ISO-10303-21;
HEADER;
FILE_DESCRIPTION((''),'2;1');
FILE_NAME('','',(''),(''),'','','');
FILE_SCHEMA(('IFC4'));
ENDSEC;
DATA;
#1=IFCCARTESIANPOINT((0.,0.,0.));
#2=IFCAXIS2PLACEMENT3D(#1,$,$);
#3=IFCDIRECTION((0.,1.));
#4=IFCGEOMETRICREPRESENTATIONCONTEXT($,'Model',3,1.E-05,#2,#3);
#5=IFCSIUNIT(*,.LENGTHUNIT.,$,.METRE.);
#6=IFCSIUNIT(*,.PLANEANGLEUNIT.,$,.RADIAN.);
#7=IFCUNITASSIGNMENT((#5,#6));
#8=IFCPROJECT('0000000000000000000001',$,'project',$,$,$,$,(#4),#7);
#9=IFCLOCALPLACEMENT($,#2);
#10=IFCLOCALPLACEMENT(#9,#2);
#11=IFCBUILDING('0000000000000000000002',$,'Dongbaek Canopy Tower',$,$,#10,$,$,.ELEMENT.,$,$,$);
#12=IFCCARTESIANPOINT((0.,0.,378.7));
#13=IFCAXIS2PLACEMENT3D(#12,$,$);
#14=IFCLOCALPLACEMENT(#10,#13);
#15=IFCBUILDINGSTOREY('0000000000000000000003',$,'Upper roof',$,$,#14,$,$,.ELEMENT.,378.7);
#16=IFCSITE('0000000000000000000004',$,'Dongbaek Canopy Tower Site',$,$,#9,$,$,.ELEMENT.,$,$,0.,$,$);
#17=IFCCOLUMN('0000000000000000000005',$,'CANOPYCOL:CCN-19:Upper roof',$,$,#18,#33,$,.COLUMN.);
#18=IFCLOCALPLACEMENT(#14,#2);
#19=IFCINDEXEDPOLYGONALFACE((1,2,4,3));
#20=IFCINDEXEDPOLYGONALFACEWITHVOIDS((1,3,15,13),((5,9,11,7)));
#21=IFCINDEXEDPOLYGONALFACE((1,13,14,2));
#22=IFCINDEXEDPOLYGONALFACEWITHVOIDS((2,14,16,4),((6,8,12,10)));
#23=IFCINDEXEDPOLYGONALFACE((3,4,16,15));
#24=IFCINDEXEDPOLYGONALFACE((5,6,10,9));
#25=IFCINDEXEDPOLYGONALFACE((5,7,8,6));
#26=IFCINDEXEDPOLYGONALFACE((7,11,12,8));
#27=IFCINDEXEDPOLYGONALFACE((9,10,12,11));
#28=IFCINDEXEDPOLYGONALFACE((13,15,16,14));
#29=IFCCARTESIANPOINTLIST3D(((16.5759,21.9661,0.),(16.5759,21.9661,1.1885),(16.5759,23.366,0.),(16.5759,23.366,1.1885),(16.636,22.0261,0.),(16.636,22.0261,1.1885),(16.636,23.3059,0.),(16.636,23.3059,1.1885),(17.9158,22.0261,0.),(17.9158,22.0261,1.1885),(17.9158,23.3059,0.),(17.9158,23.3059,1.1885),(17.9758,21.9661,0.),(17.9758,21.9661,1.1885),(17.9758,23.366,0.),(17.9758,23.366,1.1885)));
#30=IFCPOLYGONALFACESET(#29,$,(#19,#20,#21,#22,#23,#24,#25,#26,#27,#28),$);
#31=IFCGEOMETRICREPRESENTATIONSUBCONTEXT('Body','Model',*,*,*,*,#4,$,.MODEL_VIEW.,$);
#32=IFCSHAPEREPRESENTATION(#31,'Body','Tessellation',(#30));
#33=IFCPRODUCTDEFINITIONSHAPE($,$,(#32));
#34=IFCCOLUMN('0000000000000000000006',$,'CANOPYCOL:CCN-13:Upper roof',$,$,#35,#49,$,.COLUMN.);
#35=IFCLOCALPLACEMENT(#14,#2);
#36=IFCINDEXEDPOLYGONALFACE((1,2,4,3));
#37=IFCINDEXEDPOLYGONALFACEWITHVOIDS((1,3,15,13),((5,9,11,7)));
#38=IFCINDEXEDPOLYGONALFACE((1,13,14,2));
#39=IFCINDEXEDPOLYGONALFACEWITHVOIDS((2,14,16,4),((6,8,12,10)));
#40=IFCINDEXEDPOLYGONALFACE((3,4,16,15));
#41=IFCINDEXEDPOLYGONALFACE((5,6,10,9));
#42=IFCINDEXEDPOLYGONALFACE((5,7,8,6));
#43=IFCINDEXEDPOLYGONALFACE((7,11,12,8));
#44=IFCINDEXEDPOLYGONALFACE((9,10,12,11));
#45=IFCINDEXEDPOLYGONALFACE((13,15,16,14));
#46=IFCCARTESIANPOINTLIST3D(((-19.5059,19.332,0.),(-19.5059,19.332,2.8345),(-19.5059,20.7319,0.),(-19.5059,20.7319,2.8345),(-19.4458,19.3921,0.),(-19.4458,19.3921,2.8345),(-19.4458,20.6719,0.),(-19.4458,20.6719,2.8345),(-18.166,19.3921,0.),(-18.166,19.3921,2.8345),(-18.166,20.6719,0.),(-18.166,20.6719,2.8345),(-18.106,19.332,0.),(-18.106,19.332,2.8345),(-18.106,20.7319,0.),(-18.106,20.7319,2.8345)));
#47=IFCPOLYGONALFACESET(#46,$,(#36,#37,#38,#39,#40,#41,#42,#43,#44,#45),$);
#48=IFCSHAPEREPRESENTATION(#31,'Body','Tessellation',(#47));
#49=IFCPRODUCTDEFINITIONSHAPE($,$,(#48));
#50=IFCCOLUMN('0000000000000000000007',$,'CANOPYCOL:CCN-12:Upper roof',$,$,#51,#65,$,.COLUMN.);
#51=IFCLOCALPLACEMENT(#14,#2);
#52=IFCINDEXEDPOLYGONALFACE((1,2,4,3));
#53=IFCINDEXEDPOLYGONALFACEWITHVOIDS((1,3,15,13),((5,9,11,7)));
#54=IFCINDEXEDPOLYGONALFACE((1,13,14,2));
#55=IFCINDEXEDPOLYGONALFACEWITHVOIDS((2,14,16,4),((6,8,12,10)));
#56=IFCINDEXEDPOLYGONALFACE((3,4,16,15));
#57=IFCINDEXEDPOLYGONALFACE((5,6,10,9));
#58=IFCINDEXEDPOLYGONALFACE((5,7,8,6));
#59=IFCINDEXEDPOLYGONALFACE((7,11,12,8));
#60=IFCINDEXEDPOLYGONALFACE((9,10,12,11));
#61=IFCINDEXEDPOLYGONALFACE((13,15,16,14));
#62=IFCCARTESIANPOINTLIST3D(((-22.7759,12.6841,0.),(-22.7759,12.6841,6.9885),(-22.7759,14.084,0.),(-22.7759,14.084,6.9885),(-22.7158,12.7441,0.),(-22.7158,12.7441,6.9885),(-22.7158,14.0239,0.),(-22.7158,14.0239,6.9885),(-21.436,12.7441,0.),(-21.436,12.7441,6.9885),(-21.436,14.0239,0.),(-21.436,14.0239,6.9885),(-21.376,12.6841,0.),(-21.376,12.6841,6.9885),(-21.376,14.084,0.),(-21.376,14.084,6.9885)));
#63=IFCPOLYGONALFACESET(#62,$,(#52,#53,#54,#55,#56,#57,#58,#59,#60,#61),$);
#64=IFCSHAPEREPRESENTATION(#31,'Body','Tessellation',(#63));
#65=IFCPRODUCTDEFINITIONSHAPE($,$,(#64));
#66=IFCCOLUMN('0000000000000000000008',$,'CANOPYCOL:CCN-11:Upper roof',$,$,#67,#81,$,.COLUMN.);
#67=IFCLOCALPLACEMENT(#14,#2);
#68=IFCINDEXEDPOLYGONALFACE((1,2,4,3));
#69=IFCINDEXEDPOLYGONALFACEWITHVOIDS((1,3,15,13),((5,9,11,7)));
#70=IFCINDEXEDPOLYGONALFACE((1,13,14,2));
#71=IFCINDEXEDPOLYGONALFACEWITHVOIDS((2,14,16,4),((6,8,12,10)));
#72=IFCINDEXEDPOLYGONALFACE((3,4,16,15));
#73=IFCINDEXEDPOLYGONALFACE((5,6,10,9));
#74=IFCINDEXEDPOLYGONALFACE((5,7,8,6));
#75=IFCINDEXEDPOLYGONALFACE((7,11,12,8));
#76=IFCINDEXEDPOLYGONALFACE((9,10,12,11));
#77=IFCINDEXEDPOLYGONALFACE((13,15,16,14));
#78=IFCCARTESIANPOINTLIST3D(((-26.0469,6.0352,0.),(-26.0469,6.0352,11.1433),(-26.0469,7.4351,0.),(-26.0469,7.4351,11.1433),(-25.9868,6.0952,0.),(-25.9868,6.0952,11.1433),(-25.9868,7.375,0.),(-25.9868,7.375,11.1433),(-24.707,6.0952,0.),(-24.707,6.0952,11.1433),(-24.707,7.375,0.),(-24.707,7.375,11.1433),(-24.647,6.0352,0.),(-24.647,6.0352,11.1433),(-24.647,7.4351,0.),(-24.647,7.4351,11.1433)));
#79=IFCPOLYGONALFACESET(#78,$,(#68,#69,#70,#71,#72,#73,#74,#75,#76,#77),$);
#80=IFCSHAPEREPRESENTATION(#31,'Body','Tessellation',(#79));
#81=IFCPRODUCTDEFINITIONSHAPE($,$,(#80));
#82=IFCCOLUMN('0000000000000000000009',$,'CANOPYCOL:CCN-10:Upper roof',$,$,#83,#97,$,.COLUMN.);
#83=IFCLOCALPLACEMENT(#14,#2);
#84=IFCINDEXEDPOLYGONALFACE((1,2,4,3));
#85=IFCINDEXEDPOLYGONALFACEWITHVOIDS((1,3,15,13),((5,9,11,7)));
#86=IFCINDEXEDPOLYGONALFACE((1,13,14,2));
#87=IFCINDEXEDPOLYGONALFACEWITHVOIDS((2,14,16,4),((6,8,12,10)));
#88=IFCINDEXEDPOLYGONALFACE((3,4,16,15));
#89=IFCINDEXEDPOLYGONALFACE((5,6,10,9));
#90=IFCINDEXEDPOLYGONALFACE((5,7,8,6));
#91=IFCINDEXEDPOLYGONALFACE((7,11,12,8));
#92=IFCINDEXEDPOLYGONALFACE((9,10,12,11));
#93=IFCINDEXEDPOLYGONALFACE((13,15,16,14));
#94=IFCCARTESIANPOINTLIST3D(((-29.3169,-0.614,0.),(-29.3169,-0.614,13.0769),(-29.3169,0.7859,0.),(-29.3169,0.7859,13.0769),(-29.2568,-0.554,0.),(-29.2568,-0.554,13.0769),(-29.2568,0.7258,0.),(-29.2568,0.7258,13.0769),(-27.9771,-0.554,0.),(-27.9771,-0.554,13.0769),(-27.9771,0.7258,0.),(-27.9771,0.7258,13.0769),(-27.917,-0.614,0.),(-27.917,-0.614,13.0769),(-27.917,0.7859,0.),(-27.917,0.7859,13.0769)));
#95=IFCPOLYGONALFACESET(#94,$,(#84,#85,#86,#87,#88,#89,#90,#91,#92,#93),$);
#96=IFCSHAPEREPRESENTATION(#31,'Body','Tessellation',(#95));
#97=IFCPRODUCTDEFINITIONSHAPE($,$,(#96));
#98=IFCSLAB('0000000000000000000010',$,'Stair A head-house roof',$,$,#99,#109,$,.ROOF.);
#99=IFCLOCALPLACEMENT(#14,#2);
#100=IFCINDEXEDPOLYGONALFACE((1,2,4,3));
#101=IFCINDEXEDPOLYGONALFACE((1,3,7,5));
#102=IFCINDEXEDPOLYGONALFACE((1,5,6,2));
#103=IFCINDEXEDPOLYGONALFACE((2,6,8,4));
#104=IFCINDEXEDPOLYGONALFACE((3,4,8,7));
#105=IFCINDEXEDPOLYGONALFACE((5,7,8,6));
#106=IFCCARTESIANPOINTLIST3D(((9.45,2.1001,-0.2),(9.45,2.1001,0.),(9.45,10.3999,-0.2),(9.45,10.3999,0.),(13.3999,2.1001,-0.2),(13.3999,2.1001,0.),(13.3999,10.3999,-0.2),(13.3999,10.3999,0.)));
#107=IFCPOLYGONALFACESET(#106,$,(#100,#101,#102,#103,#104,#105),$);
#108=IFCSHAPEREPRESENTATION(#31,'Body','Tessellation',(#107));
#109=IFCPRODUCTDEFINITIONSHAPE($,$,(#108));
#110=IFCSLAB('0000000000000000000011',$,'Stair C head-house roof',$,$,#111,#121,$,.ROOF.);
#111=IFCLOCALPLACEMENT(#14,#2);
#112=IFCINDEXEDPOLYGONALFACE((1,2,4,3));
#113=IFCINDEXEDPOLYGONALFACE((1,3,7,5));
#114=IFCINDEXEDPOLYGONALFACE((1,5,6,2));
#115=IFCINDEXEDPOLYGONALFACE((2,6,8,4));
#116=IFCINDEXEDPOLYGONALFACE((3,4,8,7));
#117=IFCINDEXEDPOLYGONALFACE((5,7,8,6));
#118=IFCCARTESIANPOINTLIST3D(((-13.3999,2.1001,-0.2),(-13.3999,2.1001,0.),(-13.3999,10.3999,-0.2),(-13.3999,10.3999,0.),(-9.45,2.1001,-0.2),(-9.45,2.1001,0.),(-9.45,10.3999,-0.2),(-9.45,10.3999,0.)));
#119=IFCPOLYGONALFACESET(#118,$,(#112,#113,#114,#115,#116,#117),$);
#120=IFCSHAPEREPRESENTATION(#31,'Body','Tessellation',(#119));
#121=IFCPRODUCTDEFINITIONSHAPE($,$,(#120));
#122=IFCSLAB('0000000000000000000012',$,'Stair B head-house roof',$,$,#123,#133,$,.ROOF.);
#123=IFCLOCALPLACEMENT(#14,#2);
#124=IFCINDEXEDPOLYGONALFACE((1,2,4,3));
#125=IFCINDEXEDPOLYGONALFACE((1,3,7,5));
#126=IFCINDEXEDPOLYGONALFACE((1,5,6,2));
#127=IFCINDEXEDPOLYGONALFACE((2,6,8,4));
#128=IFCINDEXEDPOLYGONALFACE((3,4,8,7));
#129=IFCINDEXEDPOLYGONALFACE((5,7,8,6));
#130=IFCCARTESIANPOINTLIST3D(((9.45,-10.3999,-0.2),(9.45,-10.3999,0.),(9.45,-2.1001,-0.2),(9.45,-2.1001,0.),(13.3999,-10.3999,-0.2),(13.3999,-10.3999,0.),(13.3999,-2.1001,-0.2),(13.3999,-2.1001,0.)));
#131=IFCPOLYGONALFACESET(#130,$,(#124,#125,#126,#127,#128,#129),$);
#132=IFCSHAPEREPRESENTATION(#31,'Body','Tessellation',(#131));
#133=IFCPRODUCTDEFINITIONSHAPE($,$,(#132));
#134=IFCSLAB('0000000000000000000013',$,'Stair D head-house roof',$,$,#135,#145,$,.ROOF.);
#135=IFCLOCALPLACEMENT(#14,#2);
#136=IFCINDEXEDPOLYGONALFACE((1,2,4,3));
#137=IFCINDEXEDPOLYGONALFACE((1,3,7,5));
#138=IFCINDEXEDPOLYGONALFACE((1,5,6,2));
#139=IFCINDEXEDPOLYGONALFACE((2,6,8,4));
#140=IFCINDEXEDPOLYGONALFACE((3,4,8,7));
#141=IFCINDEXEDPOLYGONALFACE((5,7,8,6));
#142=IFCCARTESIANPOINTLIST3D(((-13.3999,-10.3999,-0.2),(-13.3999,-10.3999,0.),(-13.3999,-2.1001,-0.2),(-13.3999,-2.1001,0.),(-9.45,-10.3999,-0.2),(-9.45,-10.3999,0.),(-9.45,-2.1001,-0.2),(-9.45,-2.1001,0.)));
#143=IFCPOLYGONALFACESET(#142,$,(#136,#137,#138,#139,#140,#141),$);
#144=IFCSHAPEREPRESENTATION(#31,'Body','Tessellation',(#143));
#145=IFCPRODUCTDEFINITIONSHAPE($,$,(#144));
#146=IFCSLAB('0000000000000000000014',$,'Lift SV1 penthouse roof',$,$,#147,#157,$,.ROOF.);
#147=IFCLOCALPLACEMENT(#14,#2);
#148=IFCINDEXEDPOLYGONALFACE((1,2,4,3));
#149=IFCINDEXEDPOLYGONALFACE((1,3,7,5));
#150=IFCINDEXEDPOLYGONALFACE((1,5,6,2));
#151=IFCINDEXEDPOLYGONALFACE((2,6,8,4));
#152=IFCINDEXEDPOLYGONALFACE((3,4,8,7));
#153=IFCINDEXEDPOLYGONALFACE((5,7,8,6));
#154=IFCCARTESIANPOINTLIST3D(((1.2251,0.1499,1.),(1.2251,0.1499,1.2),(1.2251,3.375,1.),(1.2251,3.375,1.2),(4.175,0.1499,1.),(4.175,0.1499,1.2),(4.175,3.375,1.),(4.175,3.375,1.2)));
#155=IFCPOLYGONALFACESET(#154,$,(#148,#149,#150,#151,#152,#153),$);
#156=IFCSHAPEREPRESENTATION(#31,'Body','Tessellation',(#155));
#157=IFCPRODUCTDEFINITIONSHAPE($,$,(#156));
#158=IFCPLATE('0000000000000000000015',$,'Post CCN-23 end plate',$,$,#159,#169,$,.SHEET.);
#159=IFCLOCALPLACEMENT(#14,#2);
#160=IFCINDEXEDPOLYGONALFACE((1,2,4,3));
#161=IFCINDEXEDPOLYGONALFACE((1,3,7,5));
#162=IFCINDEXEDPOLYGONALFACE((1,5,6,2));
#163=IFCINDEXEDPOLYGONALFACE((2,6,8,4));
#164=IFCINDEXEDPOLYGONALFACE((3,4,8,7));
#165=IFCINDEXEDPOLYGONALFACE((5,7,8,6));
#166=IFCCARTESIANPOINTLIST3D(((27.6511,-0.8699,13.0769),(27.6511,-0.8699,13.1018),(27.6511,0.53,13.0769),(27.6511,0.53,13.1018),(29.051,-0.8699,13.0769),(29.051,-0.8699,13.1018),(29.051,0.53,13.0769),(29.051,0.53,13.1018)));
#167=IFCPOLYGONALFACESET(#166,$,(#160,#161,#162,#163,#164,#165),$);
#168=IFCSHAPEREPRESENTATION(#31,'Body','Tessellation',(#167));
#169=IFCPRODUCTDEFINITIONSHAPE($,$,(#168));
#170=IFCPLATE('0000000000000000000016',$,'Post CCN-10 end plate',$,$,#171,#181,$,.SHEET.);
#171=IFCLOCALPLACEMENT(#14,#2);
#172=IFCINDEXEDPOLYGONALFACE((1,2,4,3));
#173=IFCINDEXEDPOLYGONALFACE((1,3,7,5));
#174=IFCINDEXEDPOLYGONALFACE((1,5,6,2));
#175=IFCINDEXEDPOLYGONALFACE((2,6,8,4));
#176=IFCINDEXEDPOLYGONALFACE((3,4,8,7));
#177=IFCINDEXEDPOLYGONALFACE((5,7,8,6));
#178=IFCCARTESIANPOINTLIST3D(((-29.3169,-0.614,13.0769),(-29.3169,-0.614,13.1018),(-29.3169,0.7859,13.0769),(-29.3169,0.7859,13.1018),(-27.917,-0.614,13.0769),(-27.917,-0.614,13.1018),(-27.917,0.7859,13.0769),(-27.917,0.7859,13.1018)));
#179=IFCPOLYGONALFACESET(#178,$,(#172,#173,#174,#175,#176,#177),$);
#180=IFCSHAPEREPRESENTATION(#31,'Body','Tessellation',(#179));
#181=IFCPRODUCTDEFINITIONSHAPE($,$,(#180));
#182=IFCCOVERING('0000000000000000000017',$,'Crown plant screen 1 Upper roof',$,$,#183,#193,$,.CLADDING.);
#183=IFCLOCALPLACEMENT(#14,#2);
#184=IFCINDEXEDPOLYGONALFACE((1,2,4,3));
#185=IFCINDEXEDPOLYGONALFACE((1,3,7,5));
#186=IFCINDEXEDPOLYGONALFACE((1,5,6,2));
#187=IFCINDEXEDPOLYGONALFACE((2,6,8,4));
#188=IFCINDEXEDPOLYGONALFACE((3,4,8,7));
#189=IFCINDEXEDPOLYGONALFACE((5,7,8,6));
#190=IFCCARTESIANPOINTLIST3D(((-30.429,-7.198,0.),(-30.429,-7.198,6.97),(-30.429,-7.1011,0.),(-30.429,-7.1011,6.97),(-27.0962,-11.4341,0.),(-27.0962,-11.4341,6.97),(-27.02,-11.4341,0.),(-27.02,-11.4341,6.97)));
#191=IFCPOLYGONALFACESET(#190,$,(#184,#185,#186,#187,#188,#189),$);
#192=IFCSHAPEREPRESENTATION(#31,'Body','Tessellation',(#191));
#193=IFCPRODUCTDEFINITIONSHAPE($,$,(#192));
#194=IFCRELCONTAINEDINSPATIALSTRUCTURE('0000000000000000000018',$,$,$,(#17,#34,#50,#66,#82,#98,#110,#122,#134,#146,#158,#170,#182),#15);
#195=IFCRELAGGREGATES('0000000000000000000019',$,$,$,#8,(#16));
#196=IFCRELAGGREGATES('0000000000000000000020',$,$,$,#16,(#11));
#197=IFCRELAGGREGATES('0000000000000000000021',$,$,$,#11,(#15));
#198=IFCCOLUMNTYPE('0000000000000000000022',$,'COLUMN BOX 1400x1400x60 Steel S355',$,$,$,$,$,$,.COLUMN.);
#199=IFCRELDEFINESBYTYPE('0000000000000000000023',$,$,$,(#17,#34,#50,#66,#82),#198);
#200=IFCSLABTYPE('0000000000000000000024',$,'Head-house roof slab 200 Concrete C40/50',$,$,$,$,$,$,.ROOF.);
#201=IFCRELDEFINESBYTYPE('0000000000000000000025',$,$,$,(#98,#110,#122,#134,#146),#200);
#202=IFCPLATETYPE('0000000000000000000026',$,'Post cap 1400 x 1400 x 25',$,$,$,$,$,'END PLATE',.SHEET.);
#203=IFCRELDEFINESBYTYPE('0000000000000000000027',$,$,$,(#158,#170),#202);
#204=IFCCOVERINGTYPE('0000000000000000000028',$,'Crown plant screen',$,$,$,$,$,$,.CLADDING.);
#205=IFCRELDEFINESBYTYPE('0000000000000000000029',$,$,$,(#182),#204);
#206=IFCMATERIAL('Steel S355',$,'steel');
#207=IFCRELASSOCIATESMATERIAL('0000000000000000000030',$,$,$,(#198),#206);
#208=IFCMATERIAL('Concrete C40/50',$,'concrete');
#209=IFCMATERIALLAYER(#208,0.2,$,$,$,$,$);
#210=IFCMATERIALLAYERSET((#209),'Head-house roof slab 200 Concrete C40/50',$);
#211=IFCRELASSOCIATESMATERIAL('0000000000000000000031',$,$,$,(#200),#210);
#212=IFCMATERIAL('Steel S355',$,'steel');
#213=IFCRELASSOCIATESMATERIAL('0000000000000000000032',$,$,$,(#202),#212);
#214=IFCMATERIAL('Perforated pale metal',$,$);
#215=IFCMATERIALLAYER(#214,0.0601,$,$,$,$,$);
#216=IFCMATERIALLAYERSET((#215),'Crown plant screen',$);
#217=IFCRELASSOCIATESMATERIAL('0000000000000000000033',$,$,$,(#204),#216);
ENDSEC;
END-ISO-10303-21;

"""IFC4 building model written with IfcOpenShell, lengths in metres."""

from ifc_helpers import new_model, si_unit, direction, frame, origin, origin_2d, place, context, subcontext, project, spatial, polyline, rectangle, hollow_rectangle, outline, extrude, material, layer, layer_set, material_profile, profile_set, type_object, element, save


model = new_model("IFC4")

# Units and contexts
model_context = context("Model", 3, precision=1e-05, world=origin(), true_north=direction((0.0, 1.0)))
body_context = subcontext(model_context, "Body", "Model", "MODEL_VIEW")
ifc_project = project(units=[si_unit("LENGTHUNIT", "METRE"), si_unit("PLANEANGLEUNIT", "RADIAN")], contexts=[model_context])

# Site, building, storey
site_placement = place(None, origin())
site = spatial("IfcSite", under=ifc_project, at=site_placement, Name="Dongbaek Canopy Tower Site", CompositionType="ELEMENT", RefElevation=0.0)
building_placement = place(site_placement, origin())
building = spatial("IfcBuilding", under=site, at=building_placement, Name="Dongbaek Canopy Tower", CompositionType="ELEMENT")
storey_placement = place(building_placement, frame((0.0, 0.0, 378.7)))
storey = spatial("IfcBuildingStorey", under=building, at=storey_placement, Name="Upper roof", CompositionType="ELEMENT", Elevation=378.7)

# Columns
ifc_material_1 = material(Name="Steel S355", Category="steel")
ifc_material_profile_1 = material_profile(ifc_material_1, hollow_rectangle(XDim=1.3999, YDim=1.3999, WallThickness=0.0601, at=origin_2d()), Name="COLUMN BOX 1400x1400x60 Steel S355")
ifc_profile_set_1 = profile_set([ifc_material_profile_1], Name="Steel S355")
column_type = type_object("IfcColumnType", Name="COLUMN BOX 1400x1400x60 Steel S355", PredefinedType="COLUMN", material=ifc_profile_set_1)
column_1_placement = place(storey_placement, frame((17.2759, 22.666, 0.0), z_axis=(0.0, 0.0, 1.0), x_axis=(1.0, 0.0, 0.0)))
element("IfcColumn", 1, at=column_1_placement, inside=storey, type_object=column_type, Name="CANOPYCOL:CCN-19:Upper roof", PredefinedType="COLUMN", context=body_context, shape_type="SweptSolid", body=[
    extrude(hollow_rectangle(XDim=1.3999, YDim=1.3999, WallThickness=0.0601, at=origin_2d()), origin(), (0.0, 0.0, 1.0), 1.1885),
])
column_2_placement = place(storey_placement, frame((-18.8059, 20.032, 0.0), z_axis=(0.0, 0.0, 1.0), x_axis=(1.0, 0.0, 0.0)))
element("IfcColumn", 2, at=column_2_placement, inside=storey, type_object=column_type, Name="CANOPYCOL:CCN-13:Upper roof", PredefinedType="COLUMN", context=body_context, shape_type="SweptSolid", body=[
    extrude(hollow_rectangle(XDim=1.3999, YDim=1.3999, WallThickness=0.0601, at=origin_2d()), origin(), (0.0, 0.0, 1.0), 2.8345),
])
column_3_placement = place(storey_placement, frame((-22.0759, 13.384, 0.0), z_axis=(0.0, 0.0, 1.0), x_axis=(1.0, 0.0, 0.0)))
element("IfcColumn", 3, at=column_3_placement, inside=storey, type_object=column_type, Name="CANOPYCOL:CCN-12:Upper roof", PredefinedType="COLUMN", context=body_context, shape_type="SweptSolid", body=[
    extrude(hollow_rectangle(XDim=1.3999, YDim=1.3999, WallThickness=0.0601, at=origin_2d()), origin(), (0.0, 0.0, 1.0), 6.9885),
])
column_4_placement = place(storey_placement, frame((-25.3469, 6.7351, 0.0), z_axis=(0.0, 0.0, 1.0), x_axis=(1.0, 0.0, 0.0)))
element("IfcColumn", 4, at=column_4_placement, inside=storey, type_object=column_type, Name="CANOPYCOL:CCN-11:Upper roof", PredefinedType="COLUMN", context=body_context, shape_type="SweptSolid", body=[
    extrude(hollow_rectangle(XDim=1.3999, YDim=1.3999, WallThickness=0.0601, at=origin_2d()), origin(), (0.0, 0.0, 1.0), 11.1433),
])
column_5_placement = place(storey_placement, frame((-28.6169, 0.0859, 0.0), z_axis=(0.0, 0.0, 1.0), x_axis=(1.0, 0.0, 0.0)))
element("IfcColumn", 5, at=column_5_placement, inside=storey, type_object=column_type, Name="CANOPYCOL:CCN-10:Upper roof", PredefinedType="COLUMN", context=body_context, shape_type="SweptSolid", body=[
    extrude(hollow_rectangle(XDim=1.3999, YDim=1.3999, WallThickness=0.0601, at=origin_2d()), origin(), (0.0, 0.0, 1.0), 13.0769),
])

# Slabs
ifc_material_2 = material(Name="Concrete C40/50", Category="concrete")
ifc_layer_1 = layer(ifc_material_2, 0.2)
ifc_layer_set_1 = layer_set([ifc_layer_1], Name="Head-house roof slab 200 Concrete C40/50")
slab_type = type_object("IfcSlabType", Name="Head-house roof slab 200 Concrete C40/50", PredefinedType="ROOF", material=ifc_layer_set_1)
slab_1_placement = place(storey_placement, frame((0.0, 0.0, -0.2)))
element("IfcSlab", 6, at=slab_1_placement, inside=storey, type_object=slab_type, Name="Stair A head-house roof", PredefinedType="ROOF", context=body_context, shape_type="SweptSolid", body=[
    extrude(outline(polyline([(13.3999, 2.1001), (13.3999, 10.3999), (9.45, 10.3999), (9.45, 2.1001), (13.3999, 2.1001)])), origin(), (0.0, 0.0, 1.0), 0.2),
])
slab_2_placement = place(storey_placement, frame((0.0, 0.0, -0.2)))
element("IfcSlab", 7, at=slab_2_placement, inside=storey, type_object=slab_type, Name="Stair C head-house roof", PredefinedType="ROOF", context=body_context, shape_type="SweptSolid", body=[
    extrude(outline(polyline([(-9.45, 2.1001), (-9.45, 10.3999), (-13.3999, 10.3999), (-13.3999, 2.1001), (-9.45, 2.1001)])), origin(), (0.0, 0.0, 1.0), 0.2),
])
slab_3_placement = place(storey_placement, frame((0.0, 0.0, -0.2)))
element("IfcSlab", 8, at=slab_3_placement, inside=storey, type_object=slab_type, Name="Stair B head-house roof", PredefinedType="ROOF", context=body_context, shape_type="SweptSolid", body=[
    extrude(outline(polyline([(13.3999, -10.3999), (13.3999, -2.1001), (9.45, -2.1001), (9.45, -10.3999), (13.3999, -10.3999)])), origin(), (0.0, 0.0, 1.0), 0.2),
])
slab_4_placement = place(storey_placement, frame((0.0, 0.0, -0.2)))
element("IfcSlab", 9, at=slab_4_placement, inside=storey, type_object=slab_type, Name="Stair D head-house roof", PredefinedType="ROOF", context=body_context, shape_type="SweptSolid", body=[
    extrude(outline(polyline([(-9.45, -10.3999), (-9.45, -2.1001), (-13.3999, -2.1001), (-13.3999, -10.3999), (-9.45, -10.3999)])), origin(), (0.0, 0.0, 1.0), 0.2),
])
slab_5_placement = place(storey_placement, frame((0.0, 0.0, 1.0)))
element("IfcSlab", 10, at=slab_5_placement, inside=storey, type_object=slab_type, Name="Lift SV1 penthouse roof", PredefinedType="ROOF", context=body_context, shape_type="SweptSolid", body=[
    extrude(outline(polyline([(4.175, 0.1499), (4.175, 3.375), (1.2251, 3.375), (1.2251, 0.1499), (4.175, 0.1499)])), origin(), (0.0, 0.0, 1.0), 0.2),
])

# Plates
ifc_material_3 = material(Name="Steel S355", Category="steel")
ifc_material_profile_2 = material_profile(ifc_material_3, rectangle(XDim=1.3999, YDim=1.3999, at=origin_2d()), Name="Post cap 1400 x 1400 x 25")
ifc_profile_set_2 = profile_set([ifc_material_profile_2], Name="Steel S355")
plate_type = type_object("IfcPlateType", Name="Post cap 1400 x 1400 x 25", ElementType="END PLATE", PredefinedType="SHEET", material=ifc_profile_set_2)
for number, where, z_axis, x_axis, name in (
    (11, (28.3511, -0.1699, 13.0769), (0.0, 0.0, 1.0), (1.0, 0.0, 0.0), "Post CCN-23 end plate"),
    (12, (-28.6169, 0.0859, 13.0769), (0.0, 0.0, 1.0), (1.0, 0.0, 0.0), "Post CCN-10 end plate"),
):
    element("IfcPlate", number, at=place(storey_placement, frame(where, z_axis=z_axis, x_axis=x_axis)), inside=storey, type_object=plate_type, Name=name, PredefinedType="SHEET", context=body_context, shape_type="SweptSolid", body=[
        extrude(rectangle(XDim=1.3999, YDim=1.3999, at=origin_2d()), origin(), (0.0, 0.0, 1.0), 0.0249),
    ])

# Covering
ifc_material_4 = material(Name="Perforated pale metal")
ifc_layer_2 = layer(ifc_material_4, 0.0601)
ifc_layer_set_2 = layer_set([ifc_layer_2], Name="Crown plant screen")
covering_type = type_object("IfcCoveringType", Name="Crown plant screen", PredefinedType="CLADDING", material=ifc_layer_set_2)
covering_1_placement = place(storey_placement, origin())
element("IfcCovering", 13, at=covering_1_placement, inside=storey, type_object=covering_type, Name="Crown plant screen 1 Upper roof", PredefinedType="CLADDING", context=body_context, shape_type="SweptSolid", body=[
    extrude(outline(polyline([(-30.429, -7.198), (-30.429, -7.1011), (-27.02, -11.4341), (-27.0962, -11.4341), (-30.429, -7.198)])), origin(), (0.0, 0.0, 1.0), 6.97),
])

save(model, "model.ifc")
